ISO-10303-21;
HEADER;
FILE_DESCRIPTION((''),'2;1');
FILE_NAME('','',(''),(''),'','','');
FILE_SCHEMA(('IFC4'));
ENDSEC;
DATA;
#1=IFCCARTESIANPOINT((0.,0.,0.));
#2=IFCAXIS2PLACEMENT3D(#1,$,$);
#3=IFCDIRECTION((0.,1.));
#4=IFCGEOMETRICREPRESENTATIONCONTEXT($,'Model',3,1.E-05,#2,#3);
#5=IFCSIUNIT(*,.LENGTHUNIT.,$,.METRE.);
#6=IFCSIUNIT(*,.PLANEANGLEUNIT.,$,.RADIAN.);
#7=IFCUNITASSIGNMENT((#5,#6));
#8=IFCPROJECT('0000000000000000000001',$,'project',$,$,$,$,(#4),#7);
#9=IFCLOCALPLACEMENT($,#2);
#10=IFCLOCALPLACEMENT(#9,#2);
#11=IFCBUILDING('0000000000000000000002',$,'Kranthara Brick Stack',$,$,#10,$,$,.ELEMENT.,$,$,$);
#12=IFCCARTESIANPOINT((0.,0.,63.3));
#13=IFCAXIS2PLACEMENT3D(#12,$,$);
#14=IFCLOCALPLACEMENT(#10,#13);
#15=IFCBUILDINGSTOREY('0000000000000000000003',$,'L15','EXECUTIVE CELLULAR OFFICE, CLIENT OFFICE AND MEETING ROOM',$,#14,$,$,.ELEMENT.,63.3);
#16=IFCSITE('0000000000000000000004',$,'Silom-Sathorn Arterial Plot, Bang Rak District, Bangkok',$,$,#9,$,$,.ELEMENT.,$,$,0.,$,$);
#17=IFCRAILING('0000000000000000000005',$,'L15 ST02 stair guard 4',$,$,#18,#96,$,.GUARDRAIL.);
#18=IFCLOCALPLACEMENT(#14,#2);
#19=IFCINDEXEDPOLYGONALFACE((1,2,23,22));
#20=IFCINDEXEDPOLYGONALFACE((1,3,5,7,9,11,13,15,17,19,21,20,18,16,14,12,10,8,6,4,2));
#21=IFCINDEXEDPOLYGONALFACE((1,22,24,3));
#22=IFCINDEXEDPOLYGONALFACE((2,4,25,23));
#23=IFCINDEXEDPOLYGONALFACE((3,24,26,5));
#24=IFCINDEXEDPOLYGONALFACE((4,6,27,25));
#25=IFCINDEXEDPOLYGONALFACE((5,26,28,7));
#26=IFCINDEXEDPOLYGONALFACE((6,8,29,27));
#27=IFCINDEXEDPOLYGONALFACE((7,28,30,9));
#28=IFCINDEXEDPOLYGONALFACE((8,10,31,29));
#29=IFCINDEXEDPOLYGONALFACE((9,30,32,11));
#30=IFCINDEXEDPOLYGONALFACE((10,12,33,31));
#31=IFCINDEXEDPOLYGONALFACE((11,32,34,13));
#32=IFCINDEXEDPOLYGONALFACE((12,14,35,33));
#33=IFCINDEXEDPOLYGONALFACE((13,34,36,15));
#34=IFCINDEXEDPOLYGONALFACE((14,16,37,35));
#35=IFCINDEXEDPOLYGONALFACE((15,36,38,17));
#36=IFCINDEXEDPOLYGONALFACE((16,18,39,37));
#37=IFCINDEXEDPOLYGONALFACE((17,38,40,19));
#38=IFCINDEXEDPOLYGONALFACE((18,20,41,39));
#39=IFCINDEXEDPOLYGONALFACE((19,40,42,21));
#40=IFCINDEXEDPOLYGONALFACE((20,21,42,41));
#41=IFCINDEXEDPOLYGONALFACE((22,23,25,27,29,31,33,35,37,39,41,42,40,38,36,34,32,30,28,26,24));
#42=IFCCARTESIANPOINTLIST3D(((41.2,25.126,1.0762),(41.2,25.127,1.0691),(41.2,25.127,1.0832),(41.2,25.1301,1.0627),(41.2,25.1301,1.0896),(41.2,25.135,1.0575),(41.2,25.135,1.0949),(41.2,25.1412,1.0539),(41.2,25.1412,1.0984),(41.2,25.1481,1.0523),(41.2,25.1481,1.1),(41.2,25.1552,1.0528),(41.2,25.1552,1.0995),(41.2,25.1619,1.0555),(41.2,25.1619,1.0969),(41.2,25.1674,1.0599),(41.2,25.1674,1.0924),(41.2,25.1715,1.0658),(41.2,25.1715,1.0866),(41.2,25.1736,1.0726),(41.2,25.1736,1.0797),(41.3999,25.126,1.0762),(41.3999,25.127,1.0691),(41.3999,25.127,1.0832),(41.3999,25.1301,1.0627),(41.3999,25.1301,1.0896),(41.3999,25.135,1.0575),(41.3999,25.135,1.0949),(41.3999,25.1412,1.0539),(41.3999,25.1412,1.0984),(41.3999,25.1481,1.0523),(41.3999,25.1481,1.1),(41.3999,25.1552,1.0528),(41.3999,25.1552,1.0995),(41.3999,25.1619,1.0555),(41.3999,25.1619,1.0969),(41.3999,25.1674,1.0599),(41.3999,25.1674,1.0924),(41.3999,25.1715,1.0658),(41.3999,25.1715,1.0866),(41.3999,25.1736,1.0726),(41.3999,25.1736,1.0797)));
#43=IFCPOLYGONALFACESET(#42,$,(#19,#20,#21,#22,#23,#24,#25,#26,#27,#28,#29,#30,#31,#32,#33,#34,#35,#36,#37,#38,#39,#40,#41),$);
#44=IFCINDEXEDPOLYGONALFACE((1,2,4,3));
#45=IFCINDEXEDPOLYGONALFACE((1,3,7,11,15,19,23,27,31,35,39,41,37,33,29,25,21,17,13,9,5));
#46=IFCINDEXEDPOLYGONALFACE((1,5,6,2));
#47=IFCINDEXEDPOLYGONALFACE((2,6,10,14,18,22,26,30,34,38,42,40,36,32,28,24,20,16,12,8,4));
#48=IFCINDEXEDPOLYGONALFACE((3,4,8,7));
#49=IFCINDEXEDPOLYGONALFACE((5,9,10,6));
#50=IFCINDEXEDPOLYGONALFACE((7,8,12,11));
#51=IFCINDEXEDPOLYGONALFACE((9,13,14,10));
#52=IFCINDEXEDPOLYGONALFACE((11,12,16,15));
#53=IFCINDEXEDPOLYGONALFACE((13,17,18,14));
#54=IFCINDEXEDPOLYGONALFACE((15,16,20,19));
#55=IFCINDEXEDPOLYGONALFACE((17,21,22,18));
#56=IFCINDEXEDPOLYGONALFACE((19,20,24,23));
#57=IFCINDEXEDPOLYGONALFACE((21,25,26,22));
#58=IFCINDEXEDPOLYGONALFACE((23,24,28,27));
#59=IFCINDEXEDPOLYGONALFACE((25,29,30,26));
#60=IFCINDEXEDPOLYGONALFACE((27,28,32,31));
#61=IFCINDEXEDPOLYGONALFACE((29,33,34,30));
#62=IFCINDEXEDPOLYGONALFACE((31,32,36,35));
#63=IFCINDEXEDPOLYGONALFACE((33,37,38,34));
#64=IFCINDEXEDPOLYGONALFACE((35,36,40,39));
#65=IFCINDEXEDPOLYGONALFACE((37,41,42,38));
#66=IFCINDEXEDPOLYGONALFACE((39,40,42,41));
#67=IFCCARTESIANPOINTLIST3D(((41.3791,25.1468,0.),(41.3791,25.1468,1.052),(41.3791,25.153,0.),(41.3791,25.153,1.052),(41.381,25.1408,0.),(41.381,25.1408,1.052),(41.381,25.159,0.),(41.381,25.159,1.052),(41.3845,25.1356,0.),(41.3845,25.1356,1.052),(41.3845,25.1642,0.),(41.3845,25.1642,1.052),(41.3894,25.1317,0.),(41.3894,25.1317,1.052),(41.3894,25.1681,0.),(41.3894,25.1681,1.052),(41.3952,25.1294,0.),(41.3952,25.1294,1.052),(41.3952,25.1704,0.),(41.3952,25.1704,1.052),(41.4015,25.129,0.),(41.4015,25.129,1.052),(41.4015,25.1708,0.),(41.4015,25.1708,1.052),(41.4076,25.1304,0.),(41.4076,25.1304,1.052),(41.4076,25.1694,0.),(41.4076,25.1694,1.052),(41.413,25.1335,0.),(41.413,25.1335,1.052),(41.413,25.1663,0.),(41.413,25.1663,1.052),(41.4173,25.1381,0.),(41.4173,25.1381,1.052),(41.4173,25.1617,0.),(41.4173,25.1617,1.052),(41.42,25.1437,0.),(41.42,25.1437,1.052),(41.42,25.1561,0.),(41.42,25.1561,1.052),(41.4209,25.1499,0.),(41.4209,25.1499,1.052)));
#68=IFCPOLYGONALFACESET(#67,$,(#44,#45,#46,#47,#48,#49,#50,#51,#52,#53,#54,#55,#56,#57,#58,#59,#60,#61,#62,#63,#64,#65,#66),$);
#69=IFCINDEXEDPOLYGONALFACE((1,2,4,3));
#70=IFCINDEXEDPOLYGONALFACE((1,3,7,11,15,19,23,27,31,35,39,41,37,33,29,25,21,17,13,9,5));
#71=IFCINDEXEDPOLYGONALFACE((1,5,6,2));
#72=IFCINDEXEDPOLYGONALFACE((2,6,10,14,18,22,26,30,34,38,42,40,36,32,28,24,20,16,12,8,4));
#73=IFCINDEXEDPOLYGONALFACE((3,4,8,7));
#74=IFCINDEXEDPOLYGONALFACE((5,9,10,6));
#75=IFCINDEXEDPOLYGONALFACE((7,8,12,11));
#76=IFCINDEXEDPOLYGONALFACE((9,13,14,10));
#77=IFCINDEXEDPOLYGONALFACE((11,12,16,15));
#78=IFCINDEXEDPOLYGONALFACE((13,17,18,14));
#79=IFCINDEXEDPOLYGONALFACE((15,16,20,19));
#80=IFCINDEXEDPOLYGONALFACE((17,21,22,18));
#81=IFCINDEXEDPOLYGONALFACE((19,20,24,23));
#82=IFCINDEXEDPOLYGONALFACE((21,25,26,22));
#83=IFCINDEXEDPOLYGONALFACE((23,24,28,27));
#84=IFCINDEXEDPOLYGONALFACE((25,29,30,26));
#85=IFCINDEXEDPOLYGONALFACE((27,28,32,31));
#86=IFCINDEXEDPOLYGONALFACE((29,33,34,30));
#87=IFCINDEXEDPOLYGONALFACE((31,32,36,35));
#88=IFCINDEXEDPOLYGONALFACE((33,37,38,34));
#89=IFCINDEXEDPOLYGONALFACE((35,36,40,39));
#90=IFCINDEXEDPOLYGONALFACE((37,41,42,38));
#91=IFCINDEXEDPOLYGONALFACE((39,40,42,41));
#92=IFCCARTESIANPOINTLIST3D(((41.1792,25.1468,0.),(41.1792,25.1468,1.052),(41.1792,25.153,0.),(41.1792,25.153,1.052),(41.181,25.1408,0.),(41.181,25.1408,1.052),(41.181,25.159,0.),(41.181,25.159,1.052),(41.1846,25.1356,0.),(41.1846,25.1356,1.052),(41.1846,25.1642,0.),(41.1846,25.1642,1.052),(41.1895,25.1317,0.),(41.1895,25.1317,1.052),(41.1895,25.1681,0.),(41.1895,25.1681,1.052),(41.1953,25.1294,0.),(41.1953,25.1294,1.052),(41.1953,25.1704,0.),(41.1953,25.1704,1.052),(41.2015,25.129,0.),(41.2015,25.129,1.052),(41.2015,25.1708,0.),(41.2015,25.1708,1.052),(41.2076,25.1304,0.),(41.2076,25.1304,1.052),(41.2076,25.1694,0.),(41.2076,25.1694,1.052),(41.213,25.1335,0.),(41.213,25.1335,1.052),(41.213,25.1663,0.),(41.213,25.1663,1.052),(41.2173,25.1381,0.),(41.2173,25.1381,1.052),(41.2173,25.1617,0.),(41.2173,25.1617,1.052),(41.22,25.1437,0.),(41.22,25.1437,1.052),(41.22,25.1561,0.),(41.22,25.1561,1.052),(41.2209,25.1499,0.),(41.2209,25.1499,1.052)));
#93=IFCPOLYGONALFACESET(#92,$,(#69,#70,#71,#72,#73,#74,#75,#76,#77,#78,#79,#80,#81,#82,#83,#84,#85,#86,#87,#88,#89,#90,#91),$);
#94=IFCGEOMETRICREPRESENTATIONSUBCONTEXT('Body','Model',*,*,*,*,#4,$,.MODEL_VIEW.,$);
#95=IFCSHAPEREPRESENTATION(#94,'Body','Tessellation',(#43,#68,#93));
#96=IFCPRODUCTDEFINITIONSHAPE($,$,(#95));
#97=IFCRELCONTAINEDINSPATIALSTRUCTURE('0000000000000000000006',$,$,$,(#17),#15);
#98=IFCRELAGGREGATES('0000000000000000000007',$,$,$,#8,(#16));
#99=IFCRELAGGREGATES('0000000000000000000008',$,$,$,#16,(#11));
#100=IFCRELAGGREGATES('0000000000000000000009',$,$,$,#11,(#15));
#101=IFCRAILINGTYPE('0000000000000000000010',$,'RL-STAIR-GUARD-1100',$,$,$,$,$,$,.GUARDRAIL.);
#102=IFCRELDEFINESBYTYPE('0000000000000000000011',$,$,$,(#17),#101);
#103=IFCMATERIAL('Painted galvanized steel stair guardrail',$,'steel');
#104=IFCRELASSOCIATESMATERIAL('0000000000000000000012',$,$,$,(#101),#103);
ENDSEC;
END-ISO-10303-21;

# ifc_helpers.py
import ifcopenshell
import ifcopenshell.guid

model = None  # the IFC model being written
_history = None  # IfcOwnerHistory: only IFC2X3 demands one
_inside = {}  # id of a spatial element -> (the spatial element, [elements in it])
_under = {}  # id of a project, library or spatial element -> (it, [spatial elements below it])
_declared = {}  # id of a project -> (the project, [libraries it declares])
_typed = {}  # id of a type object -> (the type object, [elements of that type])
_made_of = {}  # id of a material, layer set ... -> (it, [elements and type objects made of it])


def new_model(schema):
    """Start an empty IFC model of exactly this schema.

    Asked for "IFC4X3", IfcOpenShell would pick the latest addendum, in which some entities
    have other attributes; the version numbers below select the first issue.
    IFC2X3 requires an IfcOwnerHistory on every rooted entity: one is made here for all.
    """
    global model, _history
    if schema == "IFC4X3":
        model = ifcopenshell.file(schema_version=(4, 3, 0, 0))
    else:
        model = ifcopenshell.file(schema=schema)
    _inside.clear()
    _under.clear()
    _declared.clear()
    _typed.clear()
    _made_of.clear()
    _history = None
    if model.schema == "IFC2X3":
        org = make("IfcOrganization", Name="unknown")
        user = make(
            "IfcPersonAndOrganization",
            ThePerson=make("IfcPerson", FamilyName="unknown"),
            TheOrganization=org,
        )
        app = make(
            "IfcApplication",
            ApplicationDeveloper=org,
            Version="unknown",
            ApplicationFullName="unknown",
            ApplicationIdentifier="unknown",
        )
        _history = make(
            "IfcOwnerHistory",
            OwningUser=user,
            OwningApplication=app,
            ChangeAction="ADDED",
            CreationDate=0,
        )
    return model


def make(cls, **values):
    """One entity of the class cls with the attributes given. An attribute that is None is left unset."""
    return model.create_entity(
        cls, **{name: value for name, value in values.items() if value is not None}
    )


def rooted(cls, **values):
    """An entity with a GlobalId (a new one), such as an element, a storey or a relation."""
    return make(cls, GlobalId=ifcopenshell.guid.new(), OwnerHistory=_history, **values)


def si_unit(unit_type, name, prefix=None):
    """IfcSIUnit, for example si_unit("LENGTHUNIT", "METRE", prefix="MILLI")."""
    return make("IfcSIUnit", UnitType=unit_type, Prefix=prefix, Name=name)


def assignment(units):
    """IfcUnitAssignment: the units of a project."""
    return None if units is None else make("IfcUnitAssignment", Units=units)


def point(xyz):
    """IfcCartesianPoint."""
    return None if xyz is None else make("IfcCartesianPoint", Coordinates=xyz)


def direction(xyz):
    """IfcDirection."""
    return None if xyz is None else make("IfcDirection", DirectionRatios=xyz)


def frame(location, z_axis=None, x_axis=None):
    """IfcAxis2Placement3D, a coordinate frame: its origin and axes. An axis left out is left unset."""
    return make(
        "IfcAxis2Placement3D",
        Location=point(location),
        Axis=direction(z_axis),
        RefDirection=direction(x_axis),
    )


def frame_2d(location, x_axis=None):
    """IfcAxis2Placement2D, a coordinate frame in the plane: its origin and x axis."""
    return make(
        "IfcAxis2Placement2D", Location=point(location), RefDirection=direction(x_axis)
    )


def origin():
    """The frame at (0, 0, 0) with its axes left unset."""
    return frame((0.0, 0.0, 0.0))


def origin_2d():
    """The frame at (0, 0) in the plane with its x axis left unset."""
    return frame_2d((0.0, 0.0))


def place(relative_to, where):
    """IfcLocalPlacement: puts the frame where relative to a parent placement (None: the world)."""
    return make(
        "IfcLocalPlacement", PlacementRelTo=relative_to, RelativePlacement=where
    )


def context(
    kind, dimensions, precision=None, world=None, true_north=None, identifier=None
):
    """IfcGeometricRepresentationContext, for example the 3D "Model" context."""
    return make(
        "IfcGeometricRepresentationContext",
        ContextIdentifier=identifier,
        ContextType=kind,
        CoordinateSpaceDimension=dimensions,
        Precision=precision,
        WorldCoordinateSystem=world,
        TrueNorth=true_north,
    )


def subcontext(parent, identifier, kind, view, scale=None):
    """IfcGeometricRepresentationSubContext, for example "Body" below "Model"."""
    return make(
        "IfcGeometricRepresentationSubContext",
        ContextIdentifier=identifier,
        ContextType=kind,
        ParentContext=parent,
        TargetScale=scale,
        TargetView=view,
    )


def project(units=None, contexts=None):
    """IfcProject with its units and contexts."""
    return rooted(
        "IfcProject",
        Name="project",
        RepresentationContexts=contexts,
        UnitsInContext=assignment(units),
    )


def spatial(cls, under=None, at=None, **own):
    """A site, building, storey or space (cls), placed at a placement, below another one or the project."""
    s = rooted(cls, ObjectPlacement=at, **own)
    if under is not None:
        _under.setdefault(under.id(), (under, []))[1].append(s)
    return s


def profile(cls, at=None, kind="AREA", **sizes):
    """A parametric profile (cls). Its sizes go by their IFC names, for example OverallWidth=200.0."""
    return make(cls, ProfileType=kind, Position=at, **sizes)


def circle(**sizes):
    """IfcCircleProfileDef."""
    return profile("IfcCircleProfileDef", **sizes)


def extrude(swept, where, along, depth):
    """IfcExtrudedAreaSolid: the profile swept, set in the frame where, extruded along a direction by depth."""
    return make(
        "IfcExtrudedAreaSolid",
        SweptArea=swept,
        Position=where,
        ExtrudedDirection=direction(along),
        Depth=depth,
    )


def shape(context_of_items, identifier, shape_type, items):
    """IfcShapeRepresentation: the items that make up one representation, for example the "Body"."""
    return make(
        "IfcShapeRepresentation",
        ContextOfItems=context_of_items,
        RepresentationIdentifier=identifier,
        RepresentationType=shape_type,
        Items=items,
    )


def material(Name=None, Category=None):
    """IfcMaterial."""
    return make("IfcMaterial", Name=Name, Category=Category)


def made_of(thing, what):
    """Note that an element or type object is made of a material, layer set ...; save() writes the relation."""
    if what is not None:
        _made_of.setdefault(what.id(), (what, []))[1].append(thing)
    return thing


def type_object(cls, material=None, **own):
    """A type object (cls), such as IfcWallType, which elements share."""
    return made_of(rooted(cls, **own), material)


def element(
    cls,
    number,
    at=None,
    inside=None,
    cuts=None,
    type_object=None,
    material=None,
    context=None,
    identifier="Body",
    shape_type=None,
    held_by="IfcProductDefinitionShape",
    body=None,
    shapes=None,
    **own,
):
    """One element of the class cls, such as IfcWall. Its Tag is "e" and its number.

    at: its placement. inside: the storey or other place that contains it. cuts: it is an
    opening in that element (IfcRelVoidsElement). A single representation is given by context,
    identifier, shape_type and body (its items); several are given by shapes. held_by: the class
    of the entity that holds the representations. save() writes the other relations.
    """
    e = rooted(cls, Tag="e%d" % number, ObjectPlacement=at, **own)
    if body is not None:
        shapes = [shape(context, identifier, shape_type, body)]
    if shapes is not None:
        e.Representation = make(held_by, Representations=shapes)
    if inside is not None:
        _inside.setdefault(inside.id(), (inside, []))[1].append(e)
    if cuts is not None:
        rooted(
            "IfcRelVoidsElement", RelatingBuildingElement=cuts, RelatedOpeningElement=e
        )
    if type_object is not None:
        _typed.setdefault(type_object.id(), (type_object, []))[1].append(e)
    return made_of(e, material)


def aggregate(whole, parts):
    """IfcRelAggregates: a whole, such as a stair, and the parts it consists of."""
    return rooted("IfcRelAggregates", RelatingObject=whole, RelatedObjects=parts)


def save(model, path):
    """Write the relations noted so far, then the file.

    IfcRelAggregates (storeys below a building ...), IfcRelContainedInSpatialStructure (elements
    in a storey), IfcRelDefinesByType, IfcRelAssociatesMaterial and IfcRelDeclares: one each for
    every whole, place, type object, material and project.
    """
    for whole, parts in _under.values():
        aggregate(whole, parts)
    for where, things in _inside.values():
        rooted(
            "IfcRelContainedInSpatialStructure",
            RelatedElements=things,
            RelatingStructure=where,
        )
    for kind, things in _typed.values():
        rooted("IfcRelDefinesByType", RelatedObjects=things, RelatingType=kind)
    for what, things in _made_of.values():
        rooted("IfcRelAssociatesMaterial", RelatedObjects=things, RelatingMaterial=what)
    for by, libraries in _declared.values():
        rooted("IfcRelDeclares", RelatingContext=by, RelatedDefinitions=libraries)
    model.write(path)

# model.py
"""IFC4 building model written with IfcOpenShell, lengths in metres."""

from ifc_helpers import new_model, si_unit, direction, frame, origin, origin_2d, place, context, subcontext, project, spatial, circle, extrude, material, type_object, element, save


model = new_model("IFC4")

# Units and contexts
model_context = context("Model", 3, precision=1e-05, world=origin(), true_north=direction((0.0, 1.0)))
body_context = subcontext(model_context, "Body", "Model", "MODEL_VIEW")
ifc_project = project(units=[si_unit("LENGTHUNIT", "METRE"), si_unit("PLANEANGLEUNIT", "RADIAN")], contexts=[model_context])

# Site, building, storey
site_placement = place(None, origin())
site = spatial("IfcSite", under=ifc_project, at=site_placement, Name="Silom-Sathorn Arterial Plot, Bang Rak District, Bangkok", CompositionType="ELEMENT", RefElevation=0.0)
building_placement = place(site_placement, origin())
building = spatial("IfcBuilding", under=site, at=building_placement, Name="Kranthara Brick Stack", CompositionType="ELEMENT")
storey_placement = place(building_placement, frame((0.0, 0.0, 63.3)))
storey = spatial("IfcBuildingStorey", under=building, at=storey_placement, Name="L15", Description="EXECUTIVE CELLULAR OFFICE, CLIENT OFFICE AND MEETING ROOM", CompositionType="ELEMENT", Elevation=63.3)

# Railing
ifc_material_1 = material(Name="Painted galvanized steel stair guardrail", Category="steel")
railing_type_1 = type_object("IfcRailingType", Name="RL-STAIR-GUARD-1100", PredefinedType="GUARDRAIL", material=ifc_material_1)
railing_1_placement = place(storey_placement, frame((41.3999, 25.1499, 0.0)))
element("IfcRailing", 1, at=railing_1_placement, inside=storey, type_object=railing_type_1, Name="L15 ST02 stair guard 4", PredefinedType="GUARDRAIL", context=body_context, shape_type="SweptSolid", body=[
    extrude(circle(Radius=0.0239, at=origin_2d()), frame((0.0, 0.0, 1.0762), z_axis=(-1.0, 0.0, 0.0), x_axis=(0.0, -1.0, 0.0)), (0.0, 0.0, 1.0), 0.2),
    extrude(circle(Radius=0.021, at=origin_2d()), origin(), (0.0, 0.0, 1.0), 1.052),
    extrude(circle(Radius=0.021, at=origin_2d()), frame((-0.2, 0.0, 0.0)), (0.0, 0.0, 1.0), 1.052),
])

save(model, "model.ifc")
